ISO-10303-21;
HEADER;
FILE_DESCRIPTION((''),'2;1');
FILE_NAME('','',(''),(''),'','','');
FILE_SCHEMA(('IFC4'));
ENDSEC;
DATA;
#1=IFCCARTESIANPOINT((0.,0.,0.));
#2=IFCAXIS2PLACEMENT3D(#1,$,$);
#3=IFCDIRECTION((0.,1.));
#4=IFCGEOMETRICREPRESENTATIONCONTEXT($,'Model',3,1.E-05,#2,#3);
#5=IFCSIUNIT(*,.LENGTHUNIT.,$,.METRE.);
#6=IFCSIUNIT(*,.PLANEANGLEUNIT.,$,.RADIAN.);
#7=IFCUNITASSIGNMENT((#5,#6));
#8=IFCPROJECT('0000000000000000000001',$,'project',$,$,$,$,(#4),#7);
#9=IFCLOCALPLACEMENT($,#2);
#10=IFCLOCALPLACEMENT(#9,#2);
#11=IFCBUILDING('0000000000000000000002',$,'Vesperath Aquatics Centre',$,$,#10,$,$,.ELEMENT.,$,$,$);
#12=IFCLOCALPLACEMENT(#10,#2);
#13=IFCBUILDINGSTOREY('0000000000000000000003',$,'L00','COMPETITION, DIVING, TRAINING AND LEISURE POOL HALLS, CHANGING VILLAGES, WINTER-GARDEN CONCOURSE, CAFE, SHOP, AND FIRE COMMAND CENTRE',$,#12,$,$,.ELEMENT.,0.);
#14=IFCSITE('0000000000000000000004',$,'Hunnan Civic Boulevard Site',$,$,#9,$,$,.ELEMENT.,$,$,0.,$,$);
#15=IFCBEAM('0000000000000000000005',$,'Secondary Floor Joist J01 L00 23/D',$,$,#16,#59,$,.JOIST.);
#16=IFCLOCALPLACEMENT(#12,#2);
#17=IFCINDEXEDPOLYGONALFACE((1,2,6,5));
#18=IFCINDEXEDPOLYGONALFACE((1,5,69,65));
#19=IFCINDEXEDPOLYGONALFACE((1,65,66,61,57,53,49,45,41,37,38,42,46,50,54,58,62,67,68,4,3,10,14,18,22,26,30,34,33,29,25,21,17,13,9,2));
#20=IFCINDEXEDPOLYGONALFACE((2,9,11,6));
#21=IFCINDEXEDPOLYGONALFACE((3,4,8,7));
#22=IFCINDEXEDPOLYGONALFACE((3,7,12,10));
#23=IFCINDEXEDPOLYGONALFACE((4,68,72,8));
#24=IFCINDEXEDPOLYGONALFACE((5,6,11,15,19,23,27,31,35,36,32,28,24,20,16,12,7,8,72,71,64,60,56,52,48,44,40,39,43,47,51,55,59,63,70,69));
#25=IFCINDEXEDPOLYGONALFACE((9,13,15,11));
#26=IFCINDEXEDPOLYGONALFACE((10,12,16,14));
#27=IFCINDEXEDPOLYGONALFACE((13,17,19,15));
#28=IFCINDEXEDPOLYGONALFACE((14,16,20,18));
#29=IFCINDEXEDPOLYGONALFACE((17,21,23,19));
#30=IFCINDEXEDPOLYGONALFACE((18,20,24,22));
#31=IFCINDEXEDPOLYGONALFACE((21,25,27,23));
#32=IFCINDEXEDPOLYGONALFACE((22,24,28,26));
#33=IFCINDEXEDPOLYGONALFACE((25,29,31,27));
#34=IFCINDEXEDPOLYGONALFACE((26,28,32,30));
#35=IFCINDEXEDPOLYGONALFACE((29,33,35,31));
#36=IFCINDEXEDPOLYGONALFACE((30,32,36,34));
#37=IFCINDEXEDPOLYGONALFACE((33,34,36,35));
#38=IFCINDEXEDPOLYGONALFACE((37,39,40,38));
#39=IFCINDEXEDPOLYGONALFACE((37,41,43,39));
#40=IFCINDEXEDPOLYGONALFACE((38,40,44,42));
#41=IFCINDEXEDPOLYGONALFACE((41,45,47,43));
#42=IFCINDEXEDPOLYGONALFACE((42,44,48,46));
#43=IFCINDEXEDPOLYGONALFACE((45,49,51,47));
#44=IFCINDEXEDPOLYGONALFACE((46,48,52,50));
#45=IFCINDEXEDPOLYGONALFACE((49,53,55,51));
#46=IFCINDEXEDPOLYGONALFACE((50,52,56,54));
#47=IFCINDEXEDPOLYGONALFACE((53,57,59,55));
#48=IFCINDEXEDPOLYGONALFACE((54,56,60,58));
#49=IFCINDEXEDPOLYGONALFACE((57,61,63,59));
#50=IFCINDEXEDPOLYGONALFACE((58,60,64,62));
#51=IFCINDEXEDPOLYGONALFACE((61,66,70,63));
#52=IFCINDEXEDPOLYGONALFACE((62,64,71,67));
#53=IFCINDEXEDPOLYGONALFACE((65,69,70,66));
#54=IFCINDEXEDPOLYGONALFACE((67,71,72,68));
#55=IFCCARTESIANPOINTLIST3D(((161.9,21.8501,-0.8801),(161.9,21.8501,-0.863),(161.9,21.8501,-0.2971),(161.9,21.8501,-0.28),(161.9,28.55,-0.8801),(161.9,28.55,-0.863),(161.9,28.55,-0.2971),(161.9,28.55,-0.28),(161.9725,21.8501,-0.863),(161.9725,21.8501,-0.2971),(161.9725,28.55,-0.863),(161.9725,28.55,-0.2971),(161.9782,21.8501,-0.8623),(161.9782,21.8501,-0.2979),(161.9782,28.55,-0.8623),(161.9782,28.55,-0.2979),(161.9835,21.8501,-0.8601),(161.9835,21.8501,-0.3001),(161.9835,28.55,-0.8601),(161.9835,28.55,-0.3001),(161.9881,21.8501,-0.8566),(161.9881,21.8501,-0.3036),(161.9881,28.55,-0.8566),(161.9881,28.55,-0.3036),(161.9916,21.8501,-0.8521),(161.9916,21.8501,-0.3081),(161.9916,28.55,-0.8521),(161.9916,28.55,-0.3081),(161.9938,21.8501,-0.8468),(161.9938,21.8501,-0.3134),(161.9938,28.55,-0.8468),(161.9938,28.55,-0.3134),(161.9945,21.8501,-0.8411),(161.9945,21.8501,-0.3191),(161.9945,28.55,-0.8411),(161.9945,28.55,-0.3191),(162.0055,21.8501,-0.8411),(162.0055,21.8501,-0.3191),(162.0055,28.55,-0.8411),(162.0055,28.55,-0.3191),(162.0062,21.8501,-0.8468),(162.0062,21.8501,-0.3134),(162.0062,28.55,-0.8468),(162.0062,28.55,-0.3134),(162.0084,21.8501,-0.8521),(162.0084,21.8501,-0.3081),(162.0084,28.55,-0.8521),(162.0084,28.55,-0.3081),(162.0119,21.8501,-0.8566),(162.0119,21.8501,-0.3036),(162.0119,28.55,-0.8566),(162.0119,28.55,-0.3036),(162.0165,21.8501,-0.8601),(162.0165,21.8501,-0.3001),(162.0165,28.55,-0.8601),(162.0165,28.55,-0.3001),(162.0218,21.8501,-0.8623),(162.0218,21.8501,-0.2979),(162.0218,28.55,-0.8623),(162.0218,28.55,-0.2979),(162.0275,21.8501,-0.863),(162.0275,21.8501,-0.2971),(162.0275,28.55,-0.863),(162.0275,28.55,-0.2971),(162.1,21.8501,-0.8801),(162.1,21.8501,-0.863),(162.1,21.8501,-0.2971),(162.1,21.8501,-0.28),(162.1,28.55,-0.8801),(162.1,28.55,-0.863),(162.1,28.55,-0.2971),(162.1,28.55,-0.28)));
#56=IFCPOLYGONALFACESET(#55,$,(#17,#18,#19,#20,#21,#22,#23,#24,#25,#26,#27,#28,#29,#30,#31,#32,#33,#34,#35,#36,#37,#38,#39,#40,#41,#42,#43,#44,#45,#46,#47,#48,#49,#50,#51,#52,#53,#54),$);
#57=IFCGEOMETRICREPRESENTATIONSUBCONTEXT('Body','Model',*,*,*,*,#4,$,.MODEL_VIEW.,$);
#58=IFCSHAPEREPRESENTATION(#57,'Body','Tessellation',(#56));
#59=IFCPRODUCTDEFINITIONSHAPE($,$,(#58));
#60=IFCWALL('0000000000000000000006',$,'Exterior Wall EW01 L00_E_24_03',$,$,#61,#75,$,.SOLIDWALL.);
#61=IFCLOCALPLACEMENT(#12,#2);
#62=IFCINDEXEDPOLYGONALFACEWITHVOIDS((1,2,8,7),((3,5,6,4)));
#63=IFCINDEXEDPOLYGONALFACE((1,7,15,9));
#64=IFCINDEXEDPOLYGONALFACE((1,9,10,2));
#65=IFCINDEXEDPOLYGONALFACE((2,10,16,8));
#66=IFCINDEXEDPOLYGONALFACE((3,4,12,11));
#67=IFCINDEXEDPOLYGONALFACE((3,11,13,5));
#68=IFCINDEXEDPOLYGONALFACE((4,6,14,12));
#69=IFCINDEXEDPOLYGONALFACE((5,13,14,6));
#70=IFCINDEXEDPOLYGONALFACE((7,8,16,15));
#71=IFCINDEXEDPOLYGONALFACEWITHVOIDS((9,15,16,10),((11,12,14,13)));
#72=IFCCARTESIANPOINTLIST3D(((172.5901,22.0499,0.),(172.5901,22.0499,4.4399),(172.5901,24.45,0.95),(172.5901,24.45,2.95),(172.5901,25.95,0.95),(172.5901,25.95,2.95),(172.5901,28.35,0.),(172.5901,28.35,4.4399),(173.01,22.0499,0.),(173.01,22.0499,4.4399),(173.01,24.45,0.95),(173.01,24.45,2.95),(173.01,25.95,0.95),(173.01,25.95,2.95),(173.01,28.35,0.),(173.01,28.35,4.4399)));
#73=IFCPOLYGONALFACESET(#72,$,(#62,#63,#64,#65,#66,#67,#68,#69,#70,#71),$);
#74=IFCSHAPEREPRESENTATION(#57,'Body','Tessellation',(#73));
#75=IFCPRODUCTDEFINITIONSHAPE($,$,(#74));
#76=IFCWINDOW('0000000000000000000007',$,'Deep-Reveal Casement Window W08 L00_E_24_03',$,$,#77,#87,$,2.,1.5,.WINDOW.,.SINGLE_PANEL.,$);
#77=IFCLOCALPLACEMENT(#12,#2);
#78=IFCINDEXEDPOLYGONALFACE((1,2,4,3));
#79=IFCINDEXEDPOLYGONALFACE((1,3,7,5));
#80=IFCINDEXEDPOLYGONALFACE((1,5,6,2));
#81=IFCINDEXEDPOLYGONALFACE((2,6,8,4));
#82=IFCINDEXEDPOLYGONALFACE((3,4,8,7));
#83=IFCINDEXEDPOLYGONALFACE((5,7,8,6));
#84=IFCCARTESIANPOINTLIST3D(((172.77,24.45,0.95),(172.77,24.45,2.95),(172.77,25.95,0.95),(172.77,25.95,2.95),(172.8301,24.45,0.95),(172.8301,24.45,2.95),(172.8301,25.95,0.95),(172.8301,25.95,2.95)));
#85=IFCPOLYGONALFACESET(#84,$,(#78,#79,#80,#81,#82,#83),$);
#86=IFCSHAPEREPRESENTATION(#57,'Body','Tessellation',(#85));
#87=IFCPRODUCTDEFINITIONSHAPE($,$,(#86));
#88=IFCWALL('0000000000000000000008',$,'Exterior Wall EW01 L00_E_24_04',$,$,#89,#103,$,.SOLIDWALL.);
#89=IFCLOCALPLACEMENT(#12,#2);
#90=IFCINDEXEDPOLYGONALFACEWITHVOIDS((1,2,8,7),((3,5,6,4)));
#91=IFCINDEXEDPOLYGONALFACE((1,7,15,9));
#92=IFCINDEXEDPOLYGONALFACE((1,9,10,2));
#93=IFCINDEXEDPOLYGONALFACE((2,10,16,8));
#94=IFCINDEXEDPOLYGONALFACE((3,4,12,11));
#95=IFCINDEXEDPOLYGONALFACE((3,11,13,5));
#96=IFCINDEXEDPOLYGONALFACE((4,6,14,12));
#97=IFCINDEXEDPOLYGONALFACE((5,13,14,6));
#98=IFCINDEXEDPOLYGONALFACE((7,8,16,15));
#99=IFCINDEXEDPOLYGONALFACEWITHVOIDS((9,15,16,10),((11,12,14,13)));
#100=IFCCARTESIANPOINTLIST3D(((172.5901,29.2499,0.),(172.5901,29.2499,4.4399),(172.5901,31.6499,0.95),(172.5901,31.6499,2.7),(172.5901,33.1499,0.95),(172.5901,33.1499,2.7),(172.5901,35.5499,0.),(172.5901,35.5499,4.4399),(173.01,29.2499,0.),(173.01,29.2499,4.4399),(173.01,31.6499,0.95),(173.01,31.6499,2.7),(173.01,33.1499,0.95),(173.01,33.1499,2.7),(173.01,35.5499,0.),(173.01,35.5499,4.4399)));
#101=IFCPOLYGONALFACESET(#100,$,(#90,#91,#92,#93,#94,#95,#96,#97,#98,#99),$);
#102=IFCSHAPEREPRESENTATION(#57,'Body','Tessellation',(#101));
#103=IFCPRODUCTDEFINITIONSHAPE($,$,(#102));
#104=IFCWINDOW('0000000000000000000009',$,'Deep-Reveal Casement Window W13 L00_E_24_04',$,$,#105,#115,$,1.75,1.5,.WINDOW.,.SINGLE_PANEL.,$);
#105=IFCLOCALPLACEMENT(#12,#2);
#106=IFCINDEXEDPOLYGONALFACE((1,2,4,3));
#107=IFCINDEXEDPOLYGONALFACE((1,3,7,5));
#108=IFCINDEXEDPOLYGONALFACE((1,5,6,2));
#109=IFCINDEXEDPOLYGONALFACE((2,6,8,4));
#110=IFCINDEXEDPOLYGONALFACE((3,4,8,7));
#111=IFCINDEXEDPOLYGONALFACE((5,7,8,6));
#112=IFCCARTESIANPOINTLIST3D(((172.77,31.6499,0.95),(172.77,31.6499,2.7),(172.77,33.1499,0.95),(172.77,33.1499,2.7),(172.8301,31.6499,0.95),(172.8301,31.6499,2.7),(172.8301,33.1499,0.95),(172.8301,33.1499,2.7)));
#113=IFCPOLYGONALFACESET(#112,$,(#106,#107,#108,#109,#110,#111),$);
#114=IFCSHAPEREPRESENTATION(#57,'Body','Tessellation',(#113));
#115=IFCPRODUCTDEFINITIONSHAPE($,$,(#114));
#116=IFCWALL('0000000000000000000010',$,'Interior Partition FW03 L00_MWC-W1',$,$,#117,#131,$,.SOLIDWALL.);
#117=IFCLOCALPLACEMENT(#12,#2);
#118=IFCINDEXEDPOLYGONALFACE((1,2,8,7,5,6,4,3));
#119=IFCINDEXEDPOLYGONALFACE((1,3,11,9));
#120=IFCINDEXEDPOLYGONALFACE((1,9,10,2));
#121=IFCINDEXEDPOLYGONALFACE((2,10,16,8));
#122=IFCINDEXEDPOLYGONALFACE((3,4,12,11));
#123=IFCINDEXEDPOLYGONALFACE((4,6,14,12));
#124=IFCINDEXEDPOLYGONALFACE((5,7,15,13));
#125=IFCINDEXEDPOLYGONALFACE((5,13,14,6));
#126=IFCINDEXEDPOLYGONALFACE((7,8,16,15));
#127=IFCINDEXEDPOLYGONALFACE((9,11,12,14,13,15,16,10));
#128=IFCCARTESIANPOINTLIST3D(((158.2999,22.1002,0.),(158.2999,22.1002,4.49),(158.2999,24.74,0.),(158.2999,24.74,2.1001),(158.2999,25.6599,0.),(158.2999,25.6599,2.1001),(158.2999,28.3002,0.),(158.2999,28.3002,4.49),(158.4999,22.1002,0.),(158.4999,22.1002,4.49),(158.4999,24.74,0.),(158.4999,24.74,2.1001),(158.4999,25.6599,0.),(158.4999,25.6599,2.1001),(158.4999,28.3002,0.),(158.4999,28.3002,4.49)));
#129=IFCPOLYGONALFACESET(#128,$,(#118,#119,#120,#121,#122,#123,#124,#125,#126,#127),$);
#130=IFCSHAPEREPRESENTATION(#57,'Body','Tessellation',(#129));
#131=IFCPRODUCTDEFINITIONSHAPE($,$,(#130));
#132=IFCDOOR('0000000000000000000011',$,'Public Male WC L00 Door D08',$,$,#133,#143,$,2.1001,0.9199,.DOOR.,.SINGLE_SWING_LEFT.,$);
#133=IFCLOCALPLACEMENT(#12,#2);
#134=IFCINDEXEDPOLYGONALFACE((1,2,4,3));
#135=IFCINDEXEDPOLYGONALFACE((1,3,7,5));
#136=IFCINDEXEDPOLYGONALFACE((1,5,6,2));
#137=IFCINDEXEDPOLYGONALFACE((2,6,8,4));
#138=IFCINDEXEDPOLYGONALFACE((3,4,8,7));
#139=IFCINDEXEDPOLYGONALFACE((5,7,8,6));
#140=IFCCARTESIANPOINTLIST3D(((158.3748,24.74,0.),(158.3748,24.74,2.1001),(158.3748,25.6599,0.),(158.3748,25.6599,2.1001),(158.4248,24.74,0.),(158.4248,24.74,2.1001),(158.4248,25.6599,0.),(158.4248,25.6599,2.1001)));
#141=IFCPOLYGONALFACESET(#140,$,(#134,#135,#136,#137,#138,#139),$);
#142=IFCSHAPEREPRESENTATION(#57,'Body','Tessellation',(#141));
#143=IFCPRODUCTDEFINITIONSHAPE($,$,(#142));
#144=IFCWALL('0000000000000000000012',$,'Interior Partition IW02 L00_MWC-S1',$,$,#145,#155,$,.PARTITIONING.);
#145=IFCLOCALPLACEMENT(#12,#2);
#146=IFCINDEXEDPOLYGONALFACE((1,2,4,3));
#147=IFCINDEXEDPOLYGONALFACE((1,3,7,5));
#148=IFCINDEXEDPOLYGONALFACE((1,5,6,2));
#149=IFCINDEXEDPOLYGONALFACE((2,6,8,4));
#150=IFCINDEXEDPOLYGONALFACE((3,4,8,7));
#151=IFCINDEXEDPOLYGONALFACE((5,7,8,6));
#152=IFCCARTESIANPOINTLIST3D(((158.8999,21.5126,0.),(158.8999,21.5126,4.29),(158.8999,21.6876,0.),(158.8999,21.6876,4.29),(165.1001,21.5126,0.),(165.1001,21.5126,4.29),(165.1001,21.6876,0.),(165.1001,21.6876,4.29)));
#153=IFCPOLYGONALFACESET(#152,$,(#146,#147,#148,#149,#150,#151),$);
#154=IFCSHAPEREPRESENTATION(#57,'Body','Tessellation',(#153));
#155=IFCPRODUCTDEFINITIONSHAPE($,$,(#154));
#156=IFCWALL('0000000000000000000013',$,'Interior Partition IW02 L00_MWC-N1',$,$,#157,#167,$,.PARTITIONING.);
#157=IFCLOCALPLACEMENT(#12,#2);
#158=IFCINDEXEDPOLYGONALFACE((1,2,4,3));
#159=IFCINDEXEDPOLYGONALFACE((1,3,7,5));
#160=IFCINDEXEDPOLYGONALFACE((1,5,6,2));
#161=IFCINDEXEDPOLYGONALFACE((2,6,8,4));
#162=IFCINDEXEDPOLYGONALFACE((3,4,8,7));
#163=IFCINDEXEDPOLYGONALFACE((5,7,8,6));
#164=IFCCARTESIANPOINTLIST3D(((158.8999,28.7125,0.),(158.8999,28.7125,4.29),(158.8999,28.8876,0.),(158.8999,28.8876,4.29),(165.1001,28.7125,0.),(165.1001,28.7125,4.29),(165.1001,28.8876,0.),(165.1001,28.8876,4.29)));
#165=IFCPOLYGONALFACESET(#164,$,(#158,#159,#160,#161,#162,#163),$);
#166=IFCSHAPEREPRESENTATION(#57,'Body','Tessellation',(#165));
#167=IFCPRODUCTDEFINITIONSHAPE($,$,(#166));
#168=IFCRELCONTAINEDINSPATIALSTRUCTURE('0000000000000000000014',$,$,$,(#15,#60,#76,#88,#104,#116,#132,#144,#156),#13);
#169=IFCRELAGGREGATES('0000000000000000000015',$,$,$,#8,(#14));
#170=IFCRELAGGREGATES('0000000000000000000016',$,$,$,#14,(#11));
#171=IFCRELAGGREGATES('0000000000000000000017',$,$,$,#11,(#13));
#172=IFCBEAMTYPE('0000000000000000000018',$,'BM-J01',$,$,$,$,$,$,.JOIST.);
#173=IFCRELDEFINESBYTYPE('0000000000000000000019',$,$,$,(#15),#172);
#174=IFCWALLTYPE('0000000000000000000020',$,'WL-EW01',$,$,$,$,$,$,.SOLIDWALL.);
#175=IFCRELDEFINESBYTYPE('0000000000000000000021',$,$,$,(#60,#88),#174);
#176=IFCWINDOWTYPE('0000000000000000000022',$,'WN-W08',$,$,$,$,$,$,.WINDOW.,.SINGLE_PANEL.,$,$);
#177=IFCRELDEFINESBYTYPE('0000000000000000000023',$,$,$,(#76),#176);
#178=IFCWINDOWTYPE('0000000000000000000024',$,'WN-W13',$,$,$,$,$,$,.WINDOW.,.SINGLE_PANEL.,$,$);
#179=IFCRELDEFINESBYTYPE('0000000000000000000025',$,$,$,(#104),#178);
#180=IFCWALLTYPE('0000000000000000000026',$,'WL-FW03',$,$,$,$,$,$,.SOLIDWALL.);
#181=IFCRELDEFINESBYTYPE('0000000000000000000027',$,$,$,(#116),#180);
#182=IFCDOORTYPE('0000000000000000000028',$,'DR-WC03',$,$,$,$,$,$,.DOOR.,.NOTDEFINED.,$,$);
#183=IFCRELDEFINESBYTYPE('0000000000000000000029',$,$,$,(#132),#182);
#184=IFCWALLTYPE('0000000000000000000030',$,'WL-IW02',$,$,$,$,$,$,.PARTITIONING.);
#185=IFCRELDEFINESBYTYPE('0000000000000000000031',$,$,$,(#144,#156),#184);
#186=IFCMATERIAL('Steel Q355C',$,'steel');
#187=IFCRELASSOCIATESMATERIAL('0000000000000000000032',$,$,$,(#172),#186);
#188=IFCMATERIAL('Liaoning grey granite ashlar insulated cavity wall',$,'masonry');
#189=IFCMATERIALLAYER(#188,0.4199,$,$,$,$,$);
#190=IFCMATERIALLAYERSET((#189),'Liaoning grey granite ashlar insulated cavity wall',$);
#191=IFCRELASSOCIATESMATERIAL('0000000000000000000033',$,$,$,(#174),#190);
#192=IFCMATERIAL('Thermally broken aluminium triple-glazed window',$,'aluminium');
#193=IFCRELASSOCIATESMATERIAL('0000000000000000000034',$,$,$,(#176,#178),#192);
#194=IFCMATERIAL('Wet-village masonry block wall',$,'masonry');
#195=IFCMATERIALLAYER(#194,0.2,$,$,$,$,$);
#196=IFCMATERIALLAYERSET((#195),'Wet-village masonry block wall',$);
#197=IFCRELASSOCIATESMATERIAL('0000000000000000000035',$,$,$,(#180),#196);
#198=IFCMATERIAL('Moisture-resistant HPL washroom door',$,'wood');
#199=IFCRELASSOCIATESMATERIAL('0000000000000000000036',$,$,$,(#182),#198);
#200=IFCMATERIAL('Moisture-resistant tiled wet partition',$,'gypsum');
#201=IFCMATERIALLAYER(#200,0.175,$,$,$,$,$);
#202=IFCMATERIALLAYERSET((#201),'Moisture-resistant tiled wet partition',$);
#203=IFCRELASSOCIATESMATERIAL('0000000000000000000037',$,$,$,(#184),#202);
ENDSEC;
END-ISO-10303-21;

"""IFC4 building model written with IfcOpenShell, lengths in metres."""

from ifc_helpers import new_model, si_unit, direction, frame, frame_2d, origin, origin_2d, place, context, subcontext, project, spatial, rectangle, i_section, extrude, material, layer, layer_set, material_profile, profile_set, type_object, element, fill, save


model = new_model("IFC4")

# Units and contexts
model_context = context("Model", 3, precision=1e-05, world=origin(), true_north=direction((0.0, 1.0)))
body_context = subcontext(model_context, "Body", "Model", "MODEL_VIEW")
ifc_project = project(units=[si_unit("LENGTHUNIT", "METRE"), si_unit("PLANEANGLEUNIT", "RADIAN")], contexts=[model_context])

# Site, building, storey
site_placement = place(None, origin())
site = spatial("IfcSite", under=ifc_project, at=site_placement, Name="Hunnan Civic Boulevard Site", CompositionType="ELEMENT", RefElevation=0.0)
building_placement = place(site_placement, origin())
building = spatial("IfcBuilding", under=site, at=building_placement, Name="Vesperath Aquatics Centre", CompositionType="ELEMENT")
storey_placement = place(building_placement, origin())
storey = spatial("IfcBuildingStorey", under=building, at=storey_placement, Name="L00", Description="COMPETITION, DIVING, TRAINING AND LEISURE POOL HALLS, CHANGING VILLAGES, WINTER-GARDEN CONCOURSE, CAFE, SHOP, AND FIRE COMMAND CENTRE", CompositionType="ELEMENT", Elevation=0.0)

# Beam
ifc_material_1 = material(Name="Steel Q355C", Category="steel")
ifc_material_profile_1 = material_profile(ifc_material_1, i_section(OverallWidth=0.2, OverallDepth=0.6001, WebThickness=0.011, FlangeThickness=0.0171, FilletRadius=0.022, at=origin_2d()), Name="HN 600x200x11x17")
ifc_profile_set_1 = profile_set([ifc_material_profile_1], Name="Steel Q355C")
beam_type_1 = type_object("IfcBeamType", Name="BM-J01", PredefinedType="JOIST", material=ifc_profile_set_1)
beam_1_placement = place(storey_placement, frame((162.0, 21.8501, -0.5801), z_axis=(0.0, 1.0, 0.0), x_axis=(-1.0, 0.0, 0.0)))
element("IfcBeam", 1, at=beam_1_placement, inside=storey, type_object=beam_type_1, Name="Secondary Floor Joist J01 L00 23/D", PredefinedType="JOIST", context=body_context, shape_type="SweptSolid", body=[
    extrude(i_section(OverallWidth=0.2, OverallDepth=0.6001, WebThickness=0.011, FlangeThickness=0.0171, FilletRadius=0.022, at=origin_2d()), origin(), (0.0, 0.0, 1.0), 6.7),
])

# Walls, openings, windows
ifc_material_2 = material(Name="Liaoning grey granite ashlar insulated cavity wall", Category="masonry")
ifc_layer_1 = layer(ifc_material_2, 0.4199)
ifc_layer_set_1 = layer_set([ifc_layer_1], Name="Liaoning grey granite ashlar insulated cavity wall")
wall_type_1 = type_object("IfcWallType", Name="WL-EW01", PredefinedType="SOLIDWALL", material=ifc_layer_set_1)
wall_1_placement = place(storey_placement, frame((172.8, 22.05, 0.0), z_axis=(0.0, 0.0, 1.0), x_axis=(0.0, 1.0, 0.0)))
wall_1 = element("IfcWall", 2, at=wall_1_placement, inside=storey, type_object=wall_type_1, Name="Exterior Wall EW01 L00_E_24_03", PredefinedType="SOLIDWALL", context=body_context, shape_type="SweptSolid", body=[
    extrude(rectangle(XDim=6.3, YDim=0.4199, at=frame_2d((3.1499, 0.0))), origin(), (0.0, 0.0, 1.0), 4.4399),
])
opening_1_placement = place(wall_1_placement, frame((2.3999, 0.0, 0.95)))
opening_1 = element("IfcOpeningElement", 3, at=opening_1_placement, cuts=wall_1, PredefinedType="OPENING", context=body_context, shape_type="SweptSolid", body=[
    extrude(rectangle(XDim=1.5, YDim=2.0, at=frame_2d((0.75, 1.0))), frame((0.0, 0.2249, 0.0), z_axis=(0.0, -1.0, 0.0), x_axis=(1.0, 0.0, 0.0)), (0.0, 0.0, 1.0), 0.4497),
])
ifc_material_3 = material(Name="Thermally broken aluminium triple-glazed window", Category="aluminium")
window_type_1 = type_object("IfcWindowType", Name="WN-W08", PartitioningType="SINGLE_PANEL", PredefinedType="WINDOW", material=ifc_material_3)
window_1_placement = place(opening_1_placement, origin())
window_1 = element("IfcWindow", 4, at=window_1_placement, inside=storey, type_object=window_type_1, Name="Deep-Reveal Casement Window W08 L00_E_24_03", OverallHeight=2.0, OverallWidth=1.5, PartitioningType="SINGLE_PANEL", PredefinedType="WINDOW", context=body_context, shape_type="SweptSolid", body=[
    extrude(rectangle(XDim=1.5, YDim=2.0, at=frame_2d((0.75, 1.0))), frame((0.0, 0.03, 0.0), z_axis=(0.0, -1.0, 0.0), x_axis=(1.0, 0.0, 0.0)), (0.0, 0.0, 1.0), 0.0601),
])
fill(opening_1, window_1)
wall_2_placement = place(storey_placement, frame((172.8, 29.25, 0.0), z_axis=(0.0, 0.0, 1.0), x_axis=(0.0, 1.0, 0.0)))
wall_2 = element("IfcWall", 5, at=wall_2_placement, inside=storey, type_object=wall_type_1, Name="Exterior Wall EW01 L00_E_24_04", PredefinedType="SOLIDWALL", context=body_context, shape_type="SweptSolid", body=[
    extrude(rectangle(XDim=6.3, YDim=0.4199, at=frame_2d((3.1499, 0.0))), origin(), (0.0, 0.0, 1.0), 4.4399),
])
opening_2_placement = place(wall_2_placement, frame((2.3999, 0.0, 0.95)))
opening_2 = element("IfcOpeningElement", 6, at=opening_2_placement, cuts=wall_2, PredefinedType="OPENING", context=body_context, shape_type="SweptSolid", body=[
    extrude(rectangle(XDim=1.5, YDim=1.75, at=frame_2d((0.75, 0.875))), frame((0.0, 0.2249, 0.0), z_axis=(0.0, -1.0, 0.0), x_axis=(1.0, 0.0, 0.0)), (0.0, 0.0, 1.0), 0.4497),
])
window_type_2 = type_object("IfcWindowType", Name="WN-W13", PartitioningType="SINGLE_PANEL", PredefinedType="WINDOW", material=ifc_material_3)
window_2_placement = place(opening_2_placement, origin())
window_2 = element("IfcWindow", 7, at=window_2_placement, inside=storey, type_object=window_type_2, Name="Deep-Reveal Casement Window W13 L00_E_24_04", OverallHeight=1.75, OverallWidth=1.5, PartitioningType="SINGLE_PANEL", PredefinedType="WINDOW", context=body_context, shape_type="SweptSolid", body=[
    extrude(rectangle(XDim=1.5, YDim=1.75, at=frame_2d((0.75, 0.875))), frame((0.0, 0.03, 0.0), z_axis=(0.0, -1.0, 0.0), x_axis=(1.0, 0.0, 0.0)), (0.0, 0.0, 1.0), 0.0601),
])
fill(opening_2, window_2)

# Wall, opening, door
ifc_material_4 = material(Name="Wet-village masonry block wall", Category="masonry")
ifc_layer_2 = layer(ifc_material_4, 0.2)
ifc_layer_set_2 = layer_set([ifc_layer_2], Name="Wet-village masonry block wall")
wall_type_2 = type_object("IfcWallType", Name="WL-FW03", PredefinedType="SOLIDWALL", material=ifc_layer_set_2)
wall_3_placement = place(storey_placement, frame((158.3999, 22.1001, 0.0), z_axis=(0.0, 0.0, 1.0), x_axis=(0.0, 1.0, 0.0)))
wall_3 = element("IfcWall", 8, at=wall_3_placement, inside=storey, type_object=wall_type_2, Name="Interior Partition FW03 L00_MWC-W1", PredefinedType="SOLIDWALL", context=body_context, shape_type="SweptSolid", body=[
    extrude(rectangle(XDim=6.2, YDim=0.2, at=frame_2d((3.1001, 0.0))), origin(), (0.0, 0.0, 1.0), 4.49),
])
opening_3_placement = place(wall_3_placement, frame((2.6399, 0.0, 0.0)))
opening_3 = element("IfcOpeningElement", 9, at=opening_3_placement, cuts=wall_3, PredefinedType="OPENING", context=body_context, shape_type="SweptSolid", body=[
    extrude(rectangle(XDim=0.9199, YDim=2.1001, at=frame_2d((0.46, 1.05))), frame((0.0, 0.1147, 0.0), z_axis=(0.0, -1.0, 0.0), x_axis=(1.0, 0.0, 0.0)), (0.0, 0.0, 1.0), 0.2297),
])
ifc_material_5 = material(Name="Moisture-resistant HPL washroom door", Category="wood")
door_type = type_object("IfcDoorType", Name="DR-WC03", OperationType="NOTDEFINED", PredefinedType="DOOR", material=ifc_material_5)
door_placement = place(opening_3_placement, frame((0.9199, 0.0, 0.0), z_axis=(0.0, 0.0, 1.0), x_axis=(-1.0, 0.0, 0.0)))
door = element("IfcDoor", 10, at=door_placement, inside=storey, type_object=door_type, Name="Public Male WC L00 Door D08", OperationType="SINGLE_SWING_LEFT", OverallHeight=2.1001, OverallWidth=0.9199, PredefinedType="DOOR", context=body_context, shape_type="SweptSolid", body=[
    extrude(rectangle(XDim=0.9199, YDim=2.1001, at=frame_2d((0.46, 1.05))), frame((0.0, 0.0249, 0.0), z_axis=(0.0, -1.0, 0.0), x_axis=(1.0, 0.0, 0.0)), (0.0, 0.0, 1.0), 0.05),
])
fill(opening_3, door)

# Walls
ifc_material_6 = material(Name="Moisture-resistant tiled wet partition", Category="gypsum")
ifc_layer_3 = layer(ifc_material_6, 0.175)
ifc_layer_set_3 = layer_set([ifc_layer_3], Name="Moisture-resistant tiled wet partition")
wall_type_3 = type_object("IfcWallType", Name="WL-IW02", PredefinedType="PARTITIONING", material=ifc_layer_set_3)
for number, where, z_axis, x_axis, name in (
    (11, (158.8999, 21.6001, 0.0), (0.0, 0.0, 1.0), (1.0, 0.0, 0.0), "Interior Partition IW02 L00_MWC-S1"),
    (12, (158.8999, 28.8, 0.0), (0.0, 0.0, 1.0), (1.0, 0.0, 0.0), "Interior Partition IW02 L00_MWC-N1"),
):
    element("IfcWall", number, at=place(storey_placement, frame(where, z_axis=z_axis, x_axis=x_axis)), inside=storey, type_object=wall_type_3, Name=name, PredefinedType="PARTITIONING", context=body_context, shape_type="SweptSolid", body=[
        extrude(rectangle(XDim=6.2002, YDim=0.175, at=frame_2d((3.1001, 0.0))), origin(), (0.0, 0.0, 1.0), 4.29),
    ])

save(model, "model.ifc")
